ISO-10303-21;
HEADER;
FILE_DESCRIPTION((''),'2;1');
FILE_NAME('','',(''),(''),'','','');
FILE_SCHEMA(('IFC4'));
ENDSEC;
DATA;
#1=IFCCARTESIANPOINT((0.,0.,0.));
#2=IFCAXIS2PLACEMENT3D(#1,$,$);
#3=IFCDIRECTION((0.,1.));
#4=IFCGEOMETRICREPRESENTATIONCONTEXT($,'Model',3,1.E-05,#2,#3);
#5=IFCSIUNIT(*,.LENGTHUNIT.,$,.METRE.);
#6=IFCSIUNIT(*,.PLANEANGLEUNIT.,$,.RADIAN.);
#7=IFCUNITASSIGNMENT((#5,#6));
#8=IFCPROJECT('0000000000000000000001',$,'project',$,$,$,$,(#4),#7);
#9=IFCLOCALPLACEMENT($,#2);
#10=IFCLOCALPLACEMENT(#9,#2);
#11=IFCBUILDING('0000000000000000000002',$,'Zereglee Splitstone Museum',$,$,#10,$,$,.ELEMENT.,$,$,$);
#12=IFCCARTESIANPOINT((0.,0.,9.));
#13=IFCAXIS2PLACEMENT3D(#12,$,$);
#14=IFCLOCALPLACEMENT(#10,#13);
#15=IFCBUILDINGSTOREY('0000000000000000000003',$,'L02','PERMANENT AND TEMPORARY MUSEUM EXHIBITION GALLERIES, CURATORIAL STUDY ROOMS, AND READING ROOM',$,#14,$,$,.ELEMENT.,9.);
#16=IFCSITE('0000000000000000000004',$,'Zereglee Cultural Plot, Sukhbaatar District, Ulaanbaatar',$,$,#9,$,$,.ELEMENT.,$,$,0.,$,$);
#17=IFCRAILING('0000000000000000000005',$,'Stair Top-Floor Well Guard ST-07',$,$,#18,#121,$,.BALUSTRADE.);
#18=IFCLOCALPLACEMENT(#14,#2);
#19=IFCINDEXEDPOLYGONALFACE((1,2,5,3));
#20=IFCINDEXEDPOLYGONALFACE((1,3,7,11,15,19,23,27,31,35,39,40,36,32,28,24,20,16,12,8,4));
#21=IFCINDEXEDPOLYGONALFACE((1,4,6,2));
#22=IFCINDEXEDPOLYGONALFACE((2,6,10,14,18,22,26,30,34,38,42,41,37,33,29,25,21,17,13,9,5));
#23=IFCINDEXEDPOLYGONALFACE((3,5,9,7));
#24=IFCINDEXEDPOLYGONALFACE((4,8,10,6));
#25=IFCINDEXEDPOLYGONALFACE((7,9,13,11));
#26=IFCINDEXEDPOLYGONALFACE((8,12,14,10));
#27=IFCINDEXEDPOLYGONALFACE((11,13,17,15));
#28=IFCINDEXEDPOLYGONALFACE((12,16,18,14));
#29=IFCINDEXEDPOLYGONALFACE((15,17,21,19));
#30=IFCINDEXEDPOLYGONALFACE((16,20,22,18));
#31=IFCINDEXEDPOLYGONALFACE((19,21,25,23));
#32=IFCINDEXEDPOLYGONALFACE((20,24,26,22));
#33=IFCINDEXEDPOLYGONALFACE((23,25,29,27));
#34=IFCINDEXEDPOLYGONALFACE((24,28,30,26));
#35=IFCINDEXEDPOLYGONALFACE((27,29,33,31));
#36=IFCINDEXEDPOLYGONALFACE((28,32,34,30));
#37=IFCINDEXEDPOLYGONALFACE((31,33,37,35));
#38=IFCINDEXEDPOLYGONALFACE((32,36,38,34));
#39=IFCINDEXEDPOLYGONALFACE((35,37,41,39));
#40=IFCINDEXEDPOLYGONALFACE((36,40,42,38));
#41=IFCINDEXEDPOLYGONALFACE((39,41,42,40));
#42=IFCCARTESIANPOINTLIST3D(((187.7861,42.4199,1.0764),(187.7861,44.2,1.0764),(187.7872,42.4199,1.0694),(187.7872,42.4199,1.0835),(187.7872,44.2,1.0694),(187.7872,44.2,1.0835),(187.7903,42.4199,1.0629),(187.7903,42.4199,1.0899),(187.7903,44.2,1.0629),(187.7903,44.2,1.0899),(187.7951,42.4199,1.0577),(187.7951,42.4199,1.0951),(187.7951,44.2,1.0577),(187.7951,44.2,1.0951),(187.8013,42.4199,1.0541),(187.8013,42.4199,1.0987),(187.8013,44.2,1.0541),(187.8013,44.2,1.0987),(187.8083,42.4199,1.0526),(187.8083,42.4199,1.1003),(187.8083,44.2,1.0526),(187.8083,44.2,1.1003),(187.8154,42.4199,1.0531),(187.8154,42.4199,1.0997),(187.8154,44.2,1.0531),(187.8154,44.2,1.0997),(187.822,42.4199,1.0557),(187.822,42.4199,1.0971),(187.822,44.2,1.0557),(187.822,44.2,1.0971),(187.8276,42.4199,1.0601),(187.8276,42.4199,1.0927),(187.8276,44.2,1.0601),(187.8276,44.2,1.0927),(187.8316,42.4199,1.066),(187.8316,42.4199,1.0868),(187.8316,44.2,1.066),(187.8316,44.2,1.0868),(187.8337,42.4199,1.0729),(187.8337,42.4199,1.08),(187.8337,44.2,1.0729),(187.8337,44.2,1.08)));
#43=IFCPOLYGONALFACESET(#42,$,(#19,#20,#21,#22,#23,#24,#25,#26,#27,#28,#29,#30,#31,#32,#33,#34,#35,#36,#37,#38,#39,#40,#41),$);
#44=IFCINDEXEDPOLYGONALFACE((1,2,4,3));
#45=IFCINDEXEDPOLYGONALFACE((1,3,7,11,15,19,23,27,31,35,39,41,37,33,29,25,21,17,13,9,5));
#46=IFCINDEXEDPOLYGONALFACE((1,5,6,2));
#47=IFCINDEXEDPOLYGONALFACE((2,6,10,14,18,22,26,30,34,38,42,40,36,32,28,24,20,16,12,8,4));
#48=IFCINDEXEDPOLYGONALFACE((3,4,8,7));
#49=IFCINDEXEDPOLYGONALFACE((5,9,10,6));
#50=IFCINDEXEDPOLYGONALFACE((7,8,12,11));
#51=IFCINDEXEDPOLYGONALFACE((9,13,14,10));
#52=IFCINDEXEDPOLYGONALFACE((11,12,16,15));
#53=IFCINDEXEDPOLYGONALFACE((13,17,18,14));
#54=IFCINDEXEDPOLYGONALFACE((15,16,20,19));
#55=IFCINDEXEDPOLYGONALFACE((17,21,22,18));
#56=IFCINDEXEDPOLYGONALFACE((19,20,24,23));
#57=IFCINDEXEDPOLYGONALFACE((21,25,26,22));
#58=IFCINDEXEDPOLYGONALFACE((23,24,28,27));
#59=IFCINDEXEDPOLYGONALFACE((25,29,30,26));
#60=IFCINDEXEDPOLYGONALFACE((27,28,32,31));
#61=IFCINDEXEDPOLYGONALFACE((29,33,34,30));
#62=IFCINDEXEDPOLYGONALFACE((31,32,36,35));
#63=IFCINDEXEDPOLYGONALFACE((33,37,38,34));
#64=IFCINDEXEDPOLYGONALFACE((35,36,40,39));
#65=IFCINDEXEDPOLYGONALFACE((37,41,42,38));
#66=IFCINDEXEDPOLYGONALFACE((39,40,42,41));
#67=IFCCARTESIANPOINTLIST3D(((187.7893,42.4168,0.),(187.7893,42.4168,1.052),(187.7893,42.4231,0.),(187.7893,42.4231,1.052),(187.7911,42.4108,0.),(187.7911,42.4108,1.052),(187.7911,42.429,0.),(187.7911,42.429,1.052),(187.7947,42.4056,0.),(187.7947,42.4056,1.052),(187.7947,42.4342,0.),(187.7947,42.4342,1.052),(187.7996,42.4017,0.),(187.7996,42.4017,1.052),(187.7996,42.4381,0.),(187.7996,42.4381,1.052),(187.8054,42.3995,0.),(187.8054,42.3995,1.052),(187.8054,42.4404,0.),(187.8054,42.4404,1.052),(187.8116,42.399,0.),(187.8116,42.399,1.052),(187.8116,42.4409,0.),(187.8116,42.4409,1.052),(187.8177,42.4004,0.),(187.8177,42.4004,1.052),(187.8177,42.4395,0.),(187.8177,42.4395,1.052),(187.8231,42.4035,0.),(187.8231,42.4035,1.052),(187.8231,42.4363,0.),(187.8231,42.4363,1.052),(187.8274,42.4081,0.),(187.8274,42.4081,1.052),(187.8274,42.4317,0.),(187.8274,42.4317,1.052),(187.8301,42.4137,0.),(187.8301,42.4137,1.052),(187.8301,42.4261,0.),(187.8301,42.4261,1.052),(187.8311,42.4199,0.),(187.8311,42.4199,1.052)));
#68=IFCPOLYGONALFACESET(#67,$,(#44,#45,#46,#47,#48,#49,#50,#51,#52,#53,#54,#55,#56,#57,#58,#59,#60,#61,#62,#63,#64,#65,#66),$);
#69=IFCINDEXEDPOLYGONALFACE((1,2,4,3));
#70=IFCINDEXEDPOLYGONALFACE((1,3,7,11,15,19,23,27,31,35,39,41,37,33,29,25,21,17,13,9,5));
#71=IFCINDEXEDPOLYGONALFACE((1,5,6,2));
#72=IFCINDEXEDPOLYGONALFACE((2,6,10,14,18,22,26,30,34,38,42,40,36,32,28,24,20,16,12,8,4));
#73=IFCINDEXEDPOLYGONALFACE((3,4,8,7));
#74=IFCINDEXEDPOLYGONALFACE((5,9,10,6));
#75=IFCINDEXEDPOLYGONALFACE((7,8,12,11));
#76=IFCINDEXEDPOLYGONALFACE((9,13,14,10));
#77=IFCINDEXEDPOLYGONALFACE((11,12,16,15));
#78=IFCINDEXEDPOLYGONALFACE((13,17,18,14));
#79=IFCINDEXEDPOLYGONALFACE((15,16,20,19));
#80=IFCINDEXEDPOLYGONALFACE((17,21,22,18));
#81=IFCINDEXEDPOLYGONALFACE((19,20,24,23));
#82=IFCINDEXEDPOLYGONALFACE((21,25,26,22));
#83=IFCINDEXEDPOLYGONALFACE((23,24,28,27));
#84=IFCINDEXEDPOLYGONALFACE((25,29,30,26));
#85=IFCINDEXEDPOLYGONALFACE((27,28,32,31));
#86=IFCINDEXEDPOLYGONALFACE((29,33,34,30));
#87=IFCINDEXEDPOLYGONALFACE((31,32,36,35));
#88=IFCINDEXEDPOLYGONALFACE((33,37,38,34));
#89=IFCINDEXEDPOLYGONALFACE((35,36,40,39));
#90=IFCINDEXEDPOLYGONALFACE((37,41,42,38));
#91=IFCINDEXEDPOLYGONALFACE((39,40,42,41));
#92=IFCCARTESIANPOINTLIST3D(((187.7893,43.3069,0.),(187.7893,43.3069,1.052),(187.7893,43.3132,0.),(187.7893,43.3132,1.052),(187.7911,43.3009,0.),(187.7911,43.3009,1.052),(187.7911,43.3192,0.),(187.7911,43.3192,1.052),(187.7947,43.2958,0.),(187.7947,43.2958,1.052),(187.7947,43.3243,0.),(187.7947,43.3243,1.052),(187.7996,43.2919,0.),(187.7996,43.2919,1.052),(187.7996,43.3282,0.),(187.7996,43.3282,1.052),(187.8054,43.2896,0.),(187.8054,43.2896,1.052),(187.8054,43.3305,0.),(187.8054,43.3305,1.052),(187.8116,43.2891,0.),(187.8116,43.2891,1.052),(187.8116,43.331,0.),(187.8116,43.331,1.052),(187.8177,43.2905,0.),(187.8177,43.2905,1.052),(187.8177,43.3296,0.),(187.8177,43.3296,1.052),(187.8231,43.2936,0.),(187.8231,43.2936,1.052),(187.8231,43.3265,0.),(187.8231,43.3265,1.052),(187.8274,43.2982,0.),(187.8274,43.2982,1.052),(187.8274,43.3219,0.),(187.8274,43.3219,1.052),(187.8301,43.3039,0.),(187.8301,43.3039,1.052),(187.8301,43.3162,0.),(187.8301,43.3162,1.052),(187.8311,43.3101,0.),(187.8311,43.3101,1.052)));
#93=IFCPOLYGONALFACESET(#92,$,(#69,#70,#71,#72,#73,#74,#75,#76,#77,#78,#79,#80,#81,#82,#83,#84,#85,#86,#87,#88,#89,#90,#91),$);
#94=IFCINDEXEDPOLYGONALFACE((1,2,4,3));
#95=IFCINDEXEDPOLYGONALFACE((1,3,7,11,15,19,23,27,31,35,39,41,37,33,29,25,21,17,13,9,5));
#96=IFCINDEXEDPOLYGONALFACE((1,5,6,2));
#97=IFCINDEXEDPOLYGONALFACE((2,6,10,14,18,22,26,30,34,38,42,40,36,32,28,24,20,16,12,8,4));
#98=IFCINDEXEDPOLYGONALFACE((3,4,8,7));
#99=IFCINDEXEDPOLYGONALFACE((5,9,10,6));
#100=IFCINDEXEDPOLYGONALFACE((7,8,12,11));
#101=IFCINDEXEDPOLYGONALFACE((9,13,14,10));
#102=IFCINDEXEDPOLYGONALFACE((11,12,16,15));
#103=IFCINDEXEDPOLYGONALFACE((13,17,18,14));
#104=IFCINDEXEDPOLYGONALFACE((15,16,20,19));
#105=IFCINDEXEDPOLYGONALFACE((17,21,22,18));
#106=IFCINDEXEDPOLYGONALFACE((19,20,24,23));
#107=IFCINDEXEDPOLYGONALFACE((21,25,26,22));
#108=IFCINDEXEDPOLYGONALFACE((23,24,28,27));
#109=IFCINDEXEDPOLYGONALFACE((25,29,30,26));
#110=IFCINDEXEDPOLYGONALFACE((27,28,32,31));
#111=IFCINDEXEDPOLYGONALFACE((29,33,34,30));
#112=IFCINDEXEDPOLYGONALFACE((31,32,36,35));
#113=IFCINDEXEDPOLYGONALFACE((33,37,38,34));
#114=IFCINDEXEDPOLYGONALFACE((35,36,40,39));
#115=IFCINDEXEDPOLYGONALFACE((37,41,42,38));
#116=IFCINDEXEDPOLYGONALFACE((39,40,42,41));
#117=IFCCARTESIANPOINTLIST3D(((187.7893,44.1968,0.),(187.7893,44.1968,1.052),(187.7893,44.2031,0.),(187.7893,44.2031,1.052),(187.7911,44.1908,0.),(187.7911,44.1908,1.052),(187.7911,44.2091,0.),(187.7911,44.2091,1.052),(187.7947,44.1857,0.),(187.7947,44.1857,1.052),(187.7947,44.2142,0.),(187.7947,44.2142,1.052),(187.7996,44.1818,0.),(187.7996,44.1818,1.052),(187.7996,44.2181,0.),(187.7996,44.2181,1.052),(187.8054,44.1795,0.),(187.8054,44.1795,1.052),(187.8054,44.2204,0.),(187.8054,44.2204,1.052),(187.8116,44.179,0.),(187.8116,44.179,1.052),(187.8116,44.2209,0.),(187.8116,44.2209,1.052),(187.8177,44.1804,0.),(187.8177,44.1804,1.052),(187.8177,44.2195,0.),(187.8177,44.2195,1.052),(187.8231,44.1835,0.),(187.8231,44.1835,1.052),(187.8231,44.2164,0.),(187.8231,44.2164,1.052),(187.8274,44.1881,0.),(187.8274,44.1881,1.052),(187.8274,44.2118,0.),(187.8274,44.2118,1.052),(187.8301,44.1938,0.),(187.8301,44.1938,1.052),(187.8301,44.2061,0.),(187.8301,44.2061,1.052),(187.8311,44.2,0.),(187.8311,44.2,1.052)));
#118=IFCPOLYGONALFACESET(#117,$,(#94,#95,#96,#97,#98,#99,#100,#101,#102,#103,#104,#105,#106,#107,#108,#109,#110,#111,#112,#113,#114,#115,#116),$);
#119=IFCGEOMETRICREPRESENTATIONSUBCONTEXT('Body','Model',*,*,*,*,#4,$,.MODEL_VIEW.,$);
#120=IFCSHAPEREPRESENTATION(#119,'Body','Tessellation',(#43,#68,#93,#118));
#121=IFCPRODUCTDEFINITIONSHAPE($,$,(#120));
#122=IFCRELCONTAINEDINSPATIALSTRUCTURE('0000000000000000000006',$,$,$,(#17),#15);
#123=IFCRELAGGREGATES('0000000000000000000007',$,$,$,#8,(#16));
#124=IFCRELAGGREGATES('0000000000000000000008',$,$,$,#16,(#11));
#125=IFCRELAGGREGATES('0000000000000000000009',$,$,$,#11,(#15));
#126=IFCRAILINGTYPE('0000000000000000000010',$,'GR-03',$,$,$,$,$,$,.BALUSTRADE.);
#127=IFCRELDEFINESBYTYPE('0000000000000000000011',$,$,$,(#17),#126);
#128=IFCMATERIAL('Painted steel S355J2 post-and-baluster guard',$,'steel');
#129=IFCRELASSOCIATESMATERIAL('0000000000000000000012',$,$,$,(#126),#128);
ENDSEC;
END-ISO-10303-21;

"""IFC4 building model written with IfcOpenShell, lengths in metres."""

from ifc_helpers import new_model, si_unit, direction, frame, origin, origin_2d, place, context, subcontext, project, spatial, circle, extrude, material, type_object, element, save


model = new_model("IFC4")

# Units and contexts
model_context = context("Model", 3, precision=1e-05, world=origin(), true_north=direction((0.0, 1.0)))
body_context = subcontext(model_context, "Body", "Model", "MODEL_VIEW")
ifc_project = project(units=[si_unit("LENGTHUNIT", "METRE"), si_unit("PLANEANGLEUNIT", "RADIAN")], contexts=[model_context])

# Site, building, storey
site_placement = place(None, origin())
site = spatial("IfcSite", under=ifc_project, at=site_placement, Name="Zereglee Cultural Plot, Sukhbaatar District, Ulaanbaatar", CompositionType="ELEMENT", RefElevation=0.0)
building_placement = place(site_placement, origin())
building = spatial("IfcBuilding", under=site, at=building_placement, Name="Zereglee Splitstone Museum", CompositionType="ELEMENT")
storey_placement = place(building_placement, frame((0.0, 0.0, 9.0)))
storey = spatial("IfcBuildingStorey", under=building, at=storey_placement, Name="L02", Description="PERMANENT AND TEMPORARY MUSEUM EXHIBITION GALLERIES, CURATORIAL STUDY ROOMS, AND READING ROOM", CompositionType="ELEMENT", Elevation=9.0)

# Railing
ifc_material_1 = material(Name="Painted steel S355J2 post-and-baluster guard", Category="steel")
railing_type = type_object("IfcRailingType", Name="GR-03", PredefinedType="BALUSTRADE", material=ifc_material_1)
railing_1_placement = place(storey_placement, frame((187.8101, 42.4199, 0.0)))
element("IfcRailing", 1, at=railing_1_placement, inside=storey, type_object=railing_type, Name="Stair Top-Floor Well Guard ST-07", PredefinedType="BALUSTRADE", context=body_context, shape_type="SweptSolid", body=[
    extrude(circle(Radius=0.0239, at=origin_2d()), frame((0.0, 0.0, 1.0764), z_axis=(0.0, 1.0, 0.0), x_axis=(-1.0, 0.0, 0.0)), (0.0, 0.0, 1.0), 1.78),
    extrude(circle(Radius=0.021, at=origin_2d()), origin(), (0.0, 0.0, 1.0), 1.052),
    extrude(circle(Radius=0.021, at=origin_2d()), frame((0.0, 0.8901, 0.0)), (0.0, 0.0, 1.0), 1.052),
    extrude(circle(Radius=0.021, at=origin_2d()), frame((0.0, 1.78, 0.0)), (0.0, 0.0, 1.0), 1.052),
])

save(model, "model.ifc")
